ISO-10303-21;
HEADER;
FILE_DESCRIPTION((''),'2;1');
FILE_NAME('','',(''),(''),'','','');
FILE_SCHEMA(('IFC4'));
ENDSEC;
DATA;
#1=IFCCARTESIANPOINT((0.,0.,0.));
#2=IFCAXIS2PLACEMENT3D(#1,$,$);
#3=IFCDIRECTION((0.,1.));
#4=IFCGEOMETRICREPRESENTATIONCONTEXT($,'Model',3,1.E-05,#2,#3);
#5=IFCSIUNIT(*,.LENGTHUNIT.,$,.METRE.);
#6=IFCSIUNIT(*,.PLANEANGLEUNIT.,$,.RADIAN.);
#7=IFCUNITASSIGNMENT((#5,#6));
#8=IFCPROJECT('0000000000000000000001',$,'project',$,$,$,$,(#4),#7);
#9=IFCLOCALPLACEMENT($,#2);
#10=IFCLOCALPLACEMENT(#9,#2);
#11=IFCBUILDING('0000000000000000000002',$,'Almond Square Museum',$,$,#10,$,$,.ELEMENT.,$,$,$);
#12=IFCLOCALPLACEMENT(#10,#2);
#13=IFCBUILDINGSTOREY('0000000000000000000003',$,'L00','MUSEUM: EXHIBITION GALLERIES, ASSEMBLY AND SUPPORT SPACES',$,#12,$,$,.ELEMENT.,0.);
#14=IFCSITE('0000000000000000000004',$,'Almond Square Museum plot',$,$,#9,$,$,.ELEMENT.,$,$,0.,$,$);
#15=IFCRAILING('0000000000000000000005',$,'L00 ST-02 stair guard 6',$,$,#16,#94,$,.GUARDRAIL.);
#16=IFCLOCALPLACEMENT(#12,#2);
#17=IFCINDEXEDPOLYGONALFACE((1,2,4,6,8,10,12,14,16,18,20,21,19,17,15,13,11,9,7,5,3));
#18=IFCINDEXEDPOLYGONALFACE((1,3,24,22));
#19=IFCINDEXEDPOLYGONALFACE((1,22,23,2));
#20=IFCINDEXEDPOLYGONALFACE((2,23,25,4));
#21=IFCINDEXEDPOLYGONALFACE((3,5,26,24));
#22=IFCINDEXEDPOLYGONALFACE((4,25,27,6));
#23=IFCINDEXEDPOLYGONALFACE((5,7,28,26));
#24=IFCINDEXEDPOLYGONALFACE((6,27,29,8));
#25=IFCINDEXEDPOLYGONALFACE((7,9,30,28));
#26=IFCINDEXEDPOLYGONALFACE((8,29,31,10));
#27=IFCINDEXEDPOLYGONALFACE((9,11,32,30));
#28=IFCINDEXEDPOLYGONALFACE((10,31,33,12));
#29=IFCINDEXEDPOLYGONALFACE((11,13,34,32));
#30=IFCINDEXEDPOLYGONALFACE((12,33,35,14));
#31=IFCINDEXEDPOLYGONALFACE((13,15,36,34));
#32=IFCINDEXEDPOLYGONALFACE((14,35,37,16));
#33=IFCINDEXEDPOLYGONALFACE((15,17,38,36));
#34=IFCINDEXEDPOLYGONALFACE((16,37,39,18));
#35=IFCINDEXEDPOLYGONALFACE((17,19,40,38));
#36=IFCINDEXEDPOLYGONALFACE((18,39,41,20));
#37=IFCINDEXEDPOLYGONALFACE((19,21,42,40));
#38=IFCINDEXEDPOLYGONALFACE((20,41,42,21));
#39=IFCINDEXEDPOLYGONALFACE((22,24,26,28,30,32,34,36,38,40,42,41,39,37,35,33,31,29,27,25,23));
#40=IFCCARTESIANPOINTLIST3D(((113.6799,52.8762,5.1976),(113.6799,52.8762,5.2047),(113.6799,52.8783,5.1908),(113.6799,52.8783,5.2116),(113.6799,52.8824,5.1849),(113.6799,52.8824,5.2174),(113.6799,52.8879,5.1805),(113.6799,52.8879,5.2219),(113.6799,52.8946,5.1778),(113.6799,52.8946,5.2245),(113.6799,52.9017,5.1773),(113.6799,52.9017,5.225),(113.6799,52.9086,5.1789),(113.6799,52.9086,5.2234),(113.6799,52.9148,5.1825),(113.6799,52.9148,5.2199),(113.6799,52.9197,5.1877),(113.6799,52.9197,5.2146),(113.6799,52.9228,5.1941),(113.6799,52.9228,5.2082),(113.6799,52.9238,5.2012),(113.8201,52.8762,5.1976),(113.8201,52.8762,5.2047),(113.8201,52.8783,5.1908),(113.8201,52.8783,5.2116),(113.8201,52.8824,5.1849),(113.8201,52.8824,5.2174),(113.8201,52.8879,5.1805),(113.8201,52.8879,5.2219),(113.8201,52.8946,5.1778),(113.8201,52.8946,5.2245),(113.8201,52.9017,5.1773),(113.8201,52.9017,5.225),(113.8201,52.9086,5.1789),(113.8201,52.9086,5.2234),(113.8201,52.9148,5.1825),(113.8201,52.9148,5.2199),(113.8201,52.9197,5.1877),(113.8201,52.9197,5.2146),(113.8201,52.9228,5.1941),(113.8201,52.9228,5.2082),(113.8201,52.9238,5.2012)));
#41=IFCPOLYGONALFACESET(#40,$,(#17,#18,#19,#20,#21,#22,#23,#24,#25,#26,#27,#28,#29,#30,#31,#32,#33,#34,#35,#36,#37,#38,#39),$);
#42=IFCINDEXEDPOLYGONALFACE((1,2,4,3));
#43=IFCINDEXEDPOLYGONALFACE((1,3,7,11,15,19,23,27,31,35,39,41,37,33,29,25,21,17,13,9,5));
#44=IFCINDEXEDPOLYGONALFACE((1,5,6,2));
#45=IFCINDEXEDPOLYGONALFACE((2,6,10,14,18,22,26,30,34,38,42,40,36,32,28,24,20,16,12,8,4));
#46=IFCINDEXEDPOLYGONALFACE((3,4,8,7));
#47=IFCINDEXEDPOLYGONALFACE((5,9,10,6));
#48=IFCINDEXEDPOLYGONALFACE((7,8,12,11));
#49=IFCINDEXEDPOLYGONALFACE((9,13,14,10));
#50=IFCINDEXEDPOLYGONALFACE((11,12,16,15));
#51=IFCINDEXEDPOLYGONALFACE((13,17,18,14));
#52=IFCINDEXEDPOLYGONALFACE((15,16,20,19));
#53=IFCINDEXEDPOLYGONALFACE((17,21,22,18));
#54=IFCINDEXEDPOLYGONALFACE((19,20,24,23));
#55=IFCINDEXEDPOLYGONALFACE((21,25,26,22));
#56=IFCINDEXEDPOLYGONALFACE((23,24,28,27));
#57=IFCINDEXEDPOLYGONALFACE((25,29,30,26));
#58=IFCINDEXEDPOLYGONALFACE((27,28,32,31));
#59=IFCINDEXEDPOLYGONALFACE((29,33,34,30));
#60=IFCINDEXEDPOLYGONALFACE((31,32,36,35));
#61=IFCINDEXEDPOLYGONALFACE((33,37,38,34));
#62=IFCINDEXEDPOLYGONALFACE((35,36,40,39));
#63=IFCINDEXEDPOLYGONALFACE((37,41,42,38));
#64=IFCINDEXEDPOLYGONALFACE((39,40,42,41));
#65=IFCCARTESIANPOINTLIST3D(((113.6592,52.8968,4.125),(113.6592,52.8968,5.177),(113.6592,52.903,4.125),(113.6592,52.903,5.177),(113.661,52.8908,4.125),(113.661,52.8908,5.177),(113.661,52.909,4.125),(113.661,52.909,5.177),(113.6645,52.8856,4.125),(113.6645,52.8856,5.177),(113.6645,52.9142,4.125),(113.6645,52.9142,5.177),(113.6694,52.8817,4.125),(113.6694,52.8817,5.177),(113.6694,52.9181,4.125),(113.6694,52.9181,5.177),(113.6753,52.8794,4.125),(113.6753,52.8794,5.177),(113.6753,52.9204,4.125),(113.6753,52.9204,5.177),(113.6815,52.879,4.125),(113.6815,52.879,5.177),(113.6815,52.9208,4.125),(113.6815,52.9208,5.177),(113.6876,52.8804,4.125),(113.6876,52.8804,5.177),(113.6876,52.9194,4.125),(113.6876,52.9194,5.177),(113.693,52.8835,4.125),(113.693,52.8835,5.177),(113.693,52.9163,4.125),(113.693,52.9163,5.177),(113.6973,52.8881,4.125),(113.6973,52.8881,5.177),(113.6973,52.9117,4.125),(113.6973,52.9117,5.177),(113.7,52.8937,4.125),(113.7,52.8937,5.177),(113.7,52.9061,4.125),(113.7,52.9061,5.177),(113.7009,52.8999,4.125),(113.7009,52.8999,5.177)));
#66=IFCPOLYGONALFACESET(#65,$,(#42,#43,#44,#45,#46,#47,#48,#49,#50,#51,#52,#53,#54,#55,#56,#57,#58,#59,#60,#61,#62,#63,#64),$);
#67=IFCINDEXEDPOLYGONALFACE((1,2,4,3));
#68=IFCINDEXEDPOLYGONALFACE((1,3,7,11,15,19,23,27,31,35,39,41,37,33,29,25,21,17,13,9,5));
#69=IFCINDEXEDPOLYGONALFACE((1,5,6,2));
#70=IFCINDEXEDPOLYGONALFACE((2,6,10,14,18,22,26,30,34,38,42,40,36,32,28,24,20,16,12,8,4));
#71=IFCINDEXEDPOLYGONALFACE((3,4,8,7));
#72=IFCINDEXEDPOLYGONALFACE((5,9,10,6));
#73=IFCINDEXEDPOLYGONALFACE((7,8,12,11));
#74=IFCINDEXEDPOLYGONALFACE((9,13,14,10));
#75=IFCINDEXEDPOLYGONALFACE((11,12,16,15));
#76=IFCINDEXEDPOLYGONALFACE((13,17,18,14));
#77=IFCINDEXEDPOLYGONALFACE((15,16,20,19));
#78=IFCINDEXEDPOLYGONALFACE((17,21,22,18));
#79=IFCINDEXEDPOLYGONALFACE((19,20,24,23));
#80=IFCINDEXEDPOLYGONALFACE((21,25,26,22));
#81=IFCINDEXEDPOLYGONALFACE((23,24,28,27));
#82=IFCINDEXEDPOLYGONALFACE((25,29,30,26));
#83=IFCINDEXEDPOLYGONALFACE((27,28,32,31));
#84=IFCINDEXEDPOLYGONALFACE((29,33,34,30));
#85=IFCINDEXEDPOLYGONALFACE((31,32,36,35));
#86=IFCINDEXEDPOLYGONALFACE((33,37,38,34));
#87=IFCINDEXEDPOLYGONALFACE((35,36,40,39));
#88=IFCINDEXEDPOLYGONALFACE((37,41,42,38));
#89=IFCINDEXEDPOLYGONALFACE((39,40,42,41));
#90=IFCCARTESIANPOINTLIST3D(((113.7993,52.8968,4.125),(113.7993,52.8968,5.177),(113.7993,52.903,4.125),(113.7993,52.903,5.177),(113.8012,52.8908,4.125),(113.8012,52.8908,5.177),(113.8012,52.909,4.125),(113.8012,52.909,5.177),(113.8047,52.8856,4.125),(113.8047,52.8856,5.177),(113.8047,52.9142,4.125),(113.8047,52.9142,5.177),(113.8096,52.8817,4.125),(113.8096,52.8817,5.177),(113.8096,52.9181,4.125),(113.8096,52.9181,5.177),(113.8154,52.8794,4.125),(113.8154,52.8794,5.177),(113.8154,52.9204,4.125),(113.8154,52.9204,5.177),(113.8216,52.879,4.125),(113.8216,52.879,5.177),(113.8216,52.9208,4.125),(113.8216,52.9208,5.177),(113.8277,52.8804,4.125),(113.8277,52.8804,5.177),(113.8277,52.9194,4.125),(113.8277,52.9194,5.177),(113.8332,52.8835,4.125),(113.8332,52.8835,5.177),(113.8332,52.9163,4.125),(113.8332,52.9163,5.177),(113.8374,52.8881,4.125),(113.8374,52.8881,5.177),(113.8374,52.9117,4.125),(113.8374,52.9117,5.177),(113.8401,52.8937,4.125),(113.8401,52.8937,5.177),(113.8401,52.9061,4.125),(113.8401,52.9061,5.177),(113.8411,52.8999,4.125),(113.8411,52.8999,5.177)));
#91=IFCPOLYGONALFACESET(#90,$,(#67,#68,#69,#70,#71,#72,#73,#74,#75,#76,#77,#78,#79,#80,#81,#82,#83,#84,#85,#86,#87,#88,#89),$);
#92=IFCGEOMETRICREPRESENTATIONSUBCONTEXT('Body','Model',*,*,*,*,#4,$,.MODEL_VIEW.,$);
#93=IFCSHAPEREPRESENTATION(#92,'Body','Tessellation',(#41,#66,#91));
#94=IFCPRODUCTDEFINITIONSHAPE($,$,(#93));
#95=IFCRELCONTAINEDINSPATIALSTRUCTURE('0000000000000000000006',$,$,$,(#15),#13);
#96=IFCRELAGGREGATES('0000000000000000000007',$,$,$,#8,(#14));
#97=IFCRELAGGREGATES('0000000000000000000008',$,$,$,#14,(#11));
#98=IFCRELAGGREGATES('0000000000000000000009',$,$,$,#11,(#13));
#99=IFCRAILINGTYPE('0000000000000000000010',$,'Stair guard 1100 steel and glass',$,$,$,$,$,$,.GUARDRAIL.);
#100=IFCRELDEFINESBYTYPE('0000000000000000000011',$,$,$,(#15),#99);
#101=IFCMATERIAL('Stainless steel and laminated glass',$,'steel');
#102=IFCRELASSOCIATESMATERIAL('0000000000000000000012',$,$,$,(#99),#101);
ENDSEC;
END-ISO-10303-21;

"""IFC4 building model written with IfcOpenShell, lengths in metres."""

from ifc_helpers import new_model, si_unit, direction, frame, origin, origin_2d, place, context, subcontext, project, spatial, circle, extrude, material, type_object, element, save


model = new_model("IFC4")

# Units and contexts
model_context = context("Model", 3, precision=1e-05, world=origin(), true_north=direction((0.0, 1.0)))
body_context = subcontext(model_context, "Body", "Model", "MODEL_VIEW")
ifc_project = project(units=[si_unit("LENGTHUNIT", "METRE"), si_unit("PLANEANGLEUNIT", "RADIAN")], contexts=[model_context])

# Site, building, storey
site_placement = place(None, origin())
site = spatial("IfcSite", under=ifc_project, at=site_placement, Name="Almond Square Museum plot", CompositionType="ELEMENT", RefElevation=0.0)
building_placement = place(site_placement, origin())
building = spatial("IfcBuilding", under=site, at=building_placement, Name="Almond Square Museum", CompositionType="ELEMENT")
storey_placement = place(building_placement, origin())
storey = spatial("IfcBuildingStorey", under=building, at=storey_placement, Name="L00", Description="MUSEUM: EXHIBITION GALLERIES, ASSEMBLY AND SUPPORT SPACES", CompositionType="ELEMENT", Elevation=0.0)

# Railing
ifc_material_1 = material(Name="Stainless steel and laminated glass", Category="steel")
railing_type_1 = type_object("IfcRailingType", Name="Stair guard 1100 steel and glass", PredefinedType="GUARDRAIL", material=ifc_material_1)
railing_1_placement = place(storey_placement, frame((113.6799, 52.8999, 4.125)))
element("IfcRailing", 1, at=railing_1_placement, inside=storey, type_object=railing_type_1, Name="L00 ST-02 stair guard 6", PredefinedType="GUARDRAIL", context=body_context, shape_type="SweptSolid", body=[
    extrude(circle(Radius=0.0239, at=origin_2d()), frame((0.0, 0.0, 1.0762), z_axis=(1.0, 0.0, 0.0), x_axis=(0.0, 1.0, 0.0)), (0.0, 0.0, 1.0), 0.1401),
    extrude(circle(Radius=0.021, at=origin_2d()), origin(), (0.0, 0.0, 1.0), 1.052),
    extrude(circle(Radius=0.021, at=origin_2d()), frame((0.1401, 0.0, 0.0)), (0.0, 0.0, 1.0), 1.052),
])

save(model, "model.ifc")
